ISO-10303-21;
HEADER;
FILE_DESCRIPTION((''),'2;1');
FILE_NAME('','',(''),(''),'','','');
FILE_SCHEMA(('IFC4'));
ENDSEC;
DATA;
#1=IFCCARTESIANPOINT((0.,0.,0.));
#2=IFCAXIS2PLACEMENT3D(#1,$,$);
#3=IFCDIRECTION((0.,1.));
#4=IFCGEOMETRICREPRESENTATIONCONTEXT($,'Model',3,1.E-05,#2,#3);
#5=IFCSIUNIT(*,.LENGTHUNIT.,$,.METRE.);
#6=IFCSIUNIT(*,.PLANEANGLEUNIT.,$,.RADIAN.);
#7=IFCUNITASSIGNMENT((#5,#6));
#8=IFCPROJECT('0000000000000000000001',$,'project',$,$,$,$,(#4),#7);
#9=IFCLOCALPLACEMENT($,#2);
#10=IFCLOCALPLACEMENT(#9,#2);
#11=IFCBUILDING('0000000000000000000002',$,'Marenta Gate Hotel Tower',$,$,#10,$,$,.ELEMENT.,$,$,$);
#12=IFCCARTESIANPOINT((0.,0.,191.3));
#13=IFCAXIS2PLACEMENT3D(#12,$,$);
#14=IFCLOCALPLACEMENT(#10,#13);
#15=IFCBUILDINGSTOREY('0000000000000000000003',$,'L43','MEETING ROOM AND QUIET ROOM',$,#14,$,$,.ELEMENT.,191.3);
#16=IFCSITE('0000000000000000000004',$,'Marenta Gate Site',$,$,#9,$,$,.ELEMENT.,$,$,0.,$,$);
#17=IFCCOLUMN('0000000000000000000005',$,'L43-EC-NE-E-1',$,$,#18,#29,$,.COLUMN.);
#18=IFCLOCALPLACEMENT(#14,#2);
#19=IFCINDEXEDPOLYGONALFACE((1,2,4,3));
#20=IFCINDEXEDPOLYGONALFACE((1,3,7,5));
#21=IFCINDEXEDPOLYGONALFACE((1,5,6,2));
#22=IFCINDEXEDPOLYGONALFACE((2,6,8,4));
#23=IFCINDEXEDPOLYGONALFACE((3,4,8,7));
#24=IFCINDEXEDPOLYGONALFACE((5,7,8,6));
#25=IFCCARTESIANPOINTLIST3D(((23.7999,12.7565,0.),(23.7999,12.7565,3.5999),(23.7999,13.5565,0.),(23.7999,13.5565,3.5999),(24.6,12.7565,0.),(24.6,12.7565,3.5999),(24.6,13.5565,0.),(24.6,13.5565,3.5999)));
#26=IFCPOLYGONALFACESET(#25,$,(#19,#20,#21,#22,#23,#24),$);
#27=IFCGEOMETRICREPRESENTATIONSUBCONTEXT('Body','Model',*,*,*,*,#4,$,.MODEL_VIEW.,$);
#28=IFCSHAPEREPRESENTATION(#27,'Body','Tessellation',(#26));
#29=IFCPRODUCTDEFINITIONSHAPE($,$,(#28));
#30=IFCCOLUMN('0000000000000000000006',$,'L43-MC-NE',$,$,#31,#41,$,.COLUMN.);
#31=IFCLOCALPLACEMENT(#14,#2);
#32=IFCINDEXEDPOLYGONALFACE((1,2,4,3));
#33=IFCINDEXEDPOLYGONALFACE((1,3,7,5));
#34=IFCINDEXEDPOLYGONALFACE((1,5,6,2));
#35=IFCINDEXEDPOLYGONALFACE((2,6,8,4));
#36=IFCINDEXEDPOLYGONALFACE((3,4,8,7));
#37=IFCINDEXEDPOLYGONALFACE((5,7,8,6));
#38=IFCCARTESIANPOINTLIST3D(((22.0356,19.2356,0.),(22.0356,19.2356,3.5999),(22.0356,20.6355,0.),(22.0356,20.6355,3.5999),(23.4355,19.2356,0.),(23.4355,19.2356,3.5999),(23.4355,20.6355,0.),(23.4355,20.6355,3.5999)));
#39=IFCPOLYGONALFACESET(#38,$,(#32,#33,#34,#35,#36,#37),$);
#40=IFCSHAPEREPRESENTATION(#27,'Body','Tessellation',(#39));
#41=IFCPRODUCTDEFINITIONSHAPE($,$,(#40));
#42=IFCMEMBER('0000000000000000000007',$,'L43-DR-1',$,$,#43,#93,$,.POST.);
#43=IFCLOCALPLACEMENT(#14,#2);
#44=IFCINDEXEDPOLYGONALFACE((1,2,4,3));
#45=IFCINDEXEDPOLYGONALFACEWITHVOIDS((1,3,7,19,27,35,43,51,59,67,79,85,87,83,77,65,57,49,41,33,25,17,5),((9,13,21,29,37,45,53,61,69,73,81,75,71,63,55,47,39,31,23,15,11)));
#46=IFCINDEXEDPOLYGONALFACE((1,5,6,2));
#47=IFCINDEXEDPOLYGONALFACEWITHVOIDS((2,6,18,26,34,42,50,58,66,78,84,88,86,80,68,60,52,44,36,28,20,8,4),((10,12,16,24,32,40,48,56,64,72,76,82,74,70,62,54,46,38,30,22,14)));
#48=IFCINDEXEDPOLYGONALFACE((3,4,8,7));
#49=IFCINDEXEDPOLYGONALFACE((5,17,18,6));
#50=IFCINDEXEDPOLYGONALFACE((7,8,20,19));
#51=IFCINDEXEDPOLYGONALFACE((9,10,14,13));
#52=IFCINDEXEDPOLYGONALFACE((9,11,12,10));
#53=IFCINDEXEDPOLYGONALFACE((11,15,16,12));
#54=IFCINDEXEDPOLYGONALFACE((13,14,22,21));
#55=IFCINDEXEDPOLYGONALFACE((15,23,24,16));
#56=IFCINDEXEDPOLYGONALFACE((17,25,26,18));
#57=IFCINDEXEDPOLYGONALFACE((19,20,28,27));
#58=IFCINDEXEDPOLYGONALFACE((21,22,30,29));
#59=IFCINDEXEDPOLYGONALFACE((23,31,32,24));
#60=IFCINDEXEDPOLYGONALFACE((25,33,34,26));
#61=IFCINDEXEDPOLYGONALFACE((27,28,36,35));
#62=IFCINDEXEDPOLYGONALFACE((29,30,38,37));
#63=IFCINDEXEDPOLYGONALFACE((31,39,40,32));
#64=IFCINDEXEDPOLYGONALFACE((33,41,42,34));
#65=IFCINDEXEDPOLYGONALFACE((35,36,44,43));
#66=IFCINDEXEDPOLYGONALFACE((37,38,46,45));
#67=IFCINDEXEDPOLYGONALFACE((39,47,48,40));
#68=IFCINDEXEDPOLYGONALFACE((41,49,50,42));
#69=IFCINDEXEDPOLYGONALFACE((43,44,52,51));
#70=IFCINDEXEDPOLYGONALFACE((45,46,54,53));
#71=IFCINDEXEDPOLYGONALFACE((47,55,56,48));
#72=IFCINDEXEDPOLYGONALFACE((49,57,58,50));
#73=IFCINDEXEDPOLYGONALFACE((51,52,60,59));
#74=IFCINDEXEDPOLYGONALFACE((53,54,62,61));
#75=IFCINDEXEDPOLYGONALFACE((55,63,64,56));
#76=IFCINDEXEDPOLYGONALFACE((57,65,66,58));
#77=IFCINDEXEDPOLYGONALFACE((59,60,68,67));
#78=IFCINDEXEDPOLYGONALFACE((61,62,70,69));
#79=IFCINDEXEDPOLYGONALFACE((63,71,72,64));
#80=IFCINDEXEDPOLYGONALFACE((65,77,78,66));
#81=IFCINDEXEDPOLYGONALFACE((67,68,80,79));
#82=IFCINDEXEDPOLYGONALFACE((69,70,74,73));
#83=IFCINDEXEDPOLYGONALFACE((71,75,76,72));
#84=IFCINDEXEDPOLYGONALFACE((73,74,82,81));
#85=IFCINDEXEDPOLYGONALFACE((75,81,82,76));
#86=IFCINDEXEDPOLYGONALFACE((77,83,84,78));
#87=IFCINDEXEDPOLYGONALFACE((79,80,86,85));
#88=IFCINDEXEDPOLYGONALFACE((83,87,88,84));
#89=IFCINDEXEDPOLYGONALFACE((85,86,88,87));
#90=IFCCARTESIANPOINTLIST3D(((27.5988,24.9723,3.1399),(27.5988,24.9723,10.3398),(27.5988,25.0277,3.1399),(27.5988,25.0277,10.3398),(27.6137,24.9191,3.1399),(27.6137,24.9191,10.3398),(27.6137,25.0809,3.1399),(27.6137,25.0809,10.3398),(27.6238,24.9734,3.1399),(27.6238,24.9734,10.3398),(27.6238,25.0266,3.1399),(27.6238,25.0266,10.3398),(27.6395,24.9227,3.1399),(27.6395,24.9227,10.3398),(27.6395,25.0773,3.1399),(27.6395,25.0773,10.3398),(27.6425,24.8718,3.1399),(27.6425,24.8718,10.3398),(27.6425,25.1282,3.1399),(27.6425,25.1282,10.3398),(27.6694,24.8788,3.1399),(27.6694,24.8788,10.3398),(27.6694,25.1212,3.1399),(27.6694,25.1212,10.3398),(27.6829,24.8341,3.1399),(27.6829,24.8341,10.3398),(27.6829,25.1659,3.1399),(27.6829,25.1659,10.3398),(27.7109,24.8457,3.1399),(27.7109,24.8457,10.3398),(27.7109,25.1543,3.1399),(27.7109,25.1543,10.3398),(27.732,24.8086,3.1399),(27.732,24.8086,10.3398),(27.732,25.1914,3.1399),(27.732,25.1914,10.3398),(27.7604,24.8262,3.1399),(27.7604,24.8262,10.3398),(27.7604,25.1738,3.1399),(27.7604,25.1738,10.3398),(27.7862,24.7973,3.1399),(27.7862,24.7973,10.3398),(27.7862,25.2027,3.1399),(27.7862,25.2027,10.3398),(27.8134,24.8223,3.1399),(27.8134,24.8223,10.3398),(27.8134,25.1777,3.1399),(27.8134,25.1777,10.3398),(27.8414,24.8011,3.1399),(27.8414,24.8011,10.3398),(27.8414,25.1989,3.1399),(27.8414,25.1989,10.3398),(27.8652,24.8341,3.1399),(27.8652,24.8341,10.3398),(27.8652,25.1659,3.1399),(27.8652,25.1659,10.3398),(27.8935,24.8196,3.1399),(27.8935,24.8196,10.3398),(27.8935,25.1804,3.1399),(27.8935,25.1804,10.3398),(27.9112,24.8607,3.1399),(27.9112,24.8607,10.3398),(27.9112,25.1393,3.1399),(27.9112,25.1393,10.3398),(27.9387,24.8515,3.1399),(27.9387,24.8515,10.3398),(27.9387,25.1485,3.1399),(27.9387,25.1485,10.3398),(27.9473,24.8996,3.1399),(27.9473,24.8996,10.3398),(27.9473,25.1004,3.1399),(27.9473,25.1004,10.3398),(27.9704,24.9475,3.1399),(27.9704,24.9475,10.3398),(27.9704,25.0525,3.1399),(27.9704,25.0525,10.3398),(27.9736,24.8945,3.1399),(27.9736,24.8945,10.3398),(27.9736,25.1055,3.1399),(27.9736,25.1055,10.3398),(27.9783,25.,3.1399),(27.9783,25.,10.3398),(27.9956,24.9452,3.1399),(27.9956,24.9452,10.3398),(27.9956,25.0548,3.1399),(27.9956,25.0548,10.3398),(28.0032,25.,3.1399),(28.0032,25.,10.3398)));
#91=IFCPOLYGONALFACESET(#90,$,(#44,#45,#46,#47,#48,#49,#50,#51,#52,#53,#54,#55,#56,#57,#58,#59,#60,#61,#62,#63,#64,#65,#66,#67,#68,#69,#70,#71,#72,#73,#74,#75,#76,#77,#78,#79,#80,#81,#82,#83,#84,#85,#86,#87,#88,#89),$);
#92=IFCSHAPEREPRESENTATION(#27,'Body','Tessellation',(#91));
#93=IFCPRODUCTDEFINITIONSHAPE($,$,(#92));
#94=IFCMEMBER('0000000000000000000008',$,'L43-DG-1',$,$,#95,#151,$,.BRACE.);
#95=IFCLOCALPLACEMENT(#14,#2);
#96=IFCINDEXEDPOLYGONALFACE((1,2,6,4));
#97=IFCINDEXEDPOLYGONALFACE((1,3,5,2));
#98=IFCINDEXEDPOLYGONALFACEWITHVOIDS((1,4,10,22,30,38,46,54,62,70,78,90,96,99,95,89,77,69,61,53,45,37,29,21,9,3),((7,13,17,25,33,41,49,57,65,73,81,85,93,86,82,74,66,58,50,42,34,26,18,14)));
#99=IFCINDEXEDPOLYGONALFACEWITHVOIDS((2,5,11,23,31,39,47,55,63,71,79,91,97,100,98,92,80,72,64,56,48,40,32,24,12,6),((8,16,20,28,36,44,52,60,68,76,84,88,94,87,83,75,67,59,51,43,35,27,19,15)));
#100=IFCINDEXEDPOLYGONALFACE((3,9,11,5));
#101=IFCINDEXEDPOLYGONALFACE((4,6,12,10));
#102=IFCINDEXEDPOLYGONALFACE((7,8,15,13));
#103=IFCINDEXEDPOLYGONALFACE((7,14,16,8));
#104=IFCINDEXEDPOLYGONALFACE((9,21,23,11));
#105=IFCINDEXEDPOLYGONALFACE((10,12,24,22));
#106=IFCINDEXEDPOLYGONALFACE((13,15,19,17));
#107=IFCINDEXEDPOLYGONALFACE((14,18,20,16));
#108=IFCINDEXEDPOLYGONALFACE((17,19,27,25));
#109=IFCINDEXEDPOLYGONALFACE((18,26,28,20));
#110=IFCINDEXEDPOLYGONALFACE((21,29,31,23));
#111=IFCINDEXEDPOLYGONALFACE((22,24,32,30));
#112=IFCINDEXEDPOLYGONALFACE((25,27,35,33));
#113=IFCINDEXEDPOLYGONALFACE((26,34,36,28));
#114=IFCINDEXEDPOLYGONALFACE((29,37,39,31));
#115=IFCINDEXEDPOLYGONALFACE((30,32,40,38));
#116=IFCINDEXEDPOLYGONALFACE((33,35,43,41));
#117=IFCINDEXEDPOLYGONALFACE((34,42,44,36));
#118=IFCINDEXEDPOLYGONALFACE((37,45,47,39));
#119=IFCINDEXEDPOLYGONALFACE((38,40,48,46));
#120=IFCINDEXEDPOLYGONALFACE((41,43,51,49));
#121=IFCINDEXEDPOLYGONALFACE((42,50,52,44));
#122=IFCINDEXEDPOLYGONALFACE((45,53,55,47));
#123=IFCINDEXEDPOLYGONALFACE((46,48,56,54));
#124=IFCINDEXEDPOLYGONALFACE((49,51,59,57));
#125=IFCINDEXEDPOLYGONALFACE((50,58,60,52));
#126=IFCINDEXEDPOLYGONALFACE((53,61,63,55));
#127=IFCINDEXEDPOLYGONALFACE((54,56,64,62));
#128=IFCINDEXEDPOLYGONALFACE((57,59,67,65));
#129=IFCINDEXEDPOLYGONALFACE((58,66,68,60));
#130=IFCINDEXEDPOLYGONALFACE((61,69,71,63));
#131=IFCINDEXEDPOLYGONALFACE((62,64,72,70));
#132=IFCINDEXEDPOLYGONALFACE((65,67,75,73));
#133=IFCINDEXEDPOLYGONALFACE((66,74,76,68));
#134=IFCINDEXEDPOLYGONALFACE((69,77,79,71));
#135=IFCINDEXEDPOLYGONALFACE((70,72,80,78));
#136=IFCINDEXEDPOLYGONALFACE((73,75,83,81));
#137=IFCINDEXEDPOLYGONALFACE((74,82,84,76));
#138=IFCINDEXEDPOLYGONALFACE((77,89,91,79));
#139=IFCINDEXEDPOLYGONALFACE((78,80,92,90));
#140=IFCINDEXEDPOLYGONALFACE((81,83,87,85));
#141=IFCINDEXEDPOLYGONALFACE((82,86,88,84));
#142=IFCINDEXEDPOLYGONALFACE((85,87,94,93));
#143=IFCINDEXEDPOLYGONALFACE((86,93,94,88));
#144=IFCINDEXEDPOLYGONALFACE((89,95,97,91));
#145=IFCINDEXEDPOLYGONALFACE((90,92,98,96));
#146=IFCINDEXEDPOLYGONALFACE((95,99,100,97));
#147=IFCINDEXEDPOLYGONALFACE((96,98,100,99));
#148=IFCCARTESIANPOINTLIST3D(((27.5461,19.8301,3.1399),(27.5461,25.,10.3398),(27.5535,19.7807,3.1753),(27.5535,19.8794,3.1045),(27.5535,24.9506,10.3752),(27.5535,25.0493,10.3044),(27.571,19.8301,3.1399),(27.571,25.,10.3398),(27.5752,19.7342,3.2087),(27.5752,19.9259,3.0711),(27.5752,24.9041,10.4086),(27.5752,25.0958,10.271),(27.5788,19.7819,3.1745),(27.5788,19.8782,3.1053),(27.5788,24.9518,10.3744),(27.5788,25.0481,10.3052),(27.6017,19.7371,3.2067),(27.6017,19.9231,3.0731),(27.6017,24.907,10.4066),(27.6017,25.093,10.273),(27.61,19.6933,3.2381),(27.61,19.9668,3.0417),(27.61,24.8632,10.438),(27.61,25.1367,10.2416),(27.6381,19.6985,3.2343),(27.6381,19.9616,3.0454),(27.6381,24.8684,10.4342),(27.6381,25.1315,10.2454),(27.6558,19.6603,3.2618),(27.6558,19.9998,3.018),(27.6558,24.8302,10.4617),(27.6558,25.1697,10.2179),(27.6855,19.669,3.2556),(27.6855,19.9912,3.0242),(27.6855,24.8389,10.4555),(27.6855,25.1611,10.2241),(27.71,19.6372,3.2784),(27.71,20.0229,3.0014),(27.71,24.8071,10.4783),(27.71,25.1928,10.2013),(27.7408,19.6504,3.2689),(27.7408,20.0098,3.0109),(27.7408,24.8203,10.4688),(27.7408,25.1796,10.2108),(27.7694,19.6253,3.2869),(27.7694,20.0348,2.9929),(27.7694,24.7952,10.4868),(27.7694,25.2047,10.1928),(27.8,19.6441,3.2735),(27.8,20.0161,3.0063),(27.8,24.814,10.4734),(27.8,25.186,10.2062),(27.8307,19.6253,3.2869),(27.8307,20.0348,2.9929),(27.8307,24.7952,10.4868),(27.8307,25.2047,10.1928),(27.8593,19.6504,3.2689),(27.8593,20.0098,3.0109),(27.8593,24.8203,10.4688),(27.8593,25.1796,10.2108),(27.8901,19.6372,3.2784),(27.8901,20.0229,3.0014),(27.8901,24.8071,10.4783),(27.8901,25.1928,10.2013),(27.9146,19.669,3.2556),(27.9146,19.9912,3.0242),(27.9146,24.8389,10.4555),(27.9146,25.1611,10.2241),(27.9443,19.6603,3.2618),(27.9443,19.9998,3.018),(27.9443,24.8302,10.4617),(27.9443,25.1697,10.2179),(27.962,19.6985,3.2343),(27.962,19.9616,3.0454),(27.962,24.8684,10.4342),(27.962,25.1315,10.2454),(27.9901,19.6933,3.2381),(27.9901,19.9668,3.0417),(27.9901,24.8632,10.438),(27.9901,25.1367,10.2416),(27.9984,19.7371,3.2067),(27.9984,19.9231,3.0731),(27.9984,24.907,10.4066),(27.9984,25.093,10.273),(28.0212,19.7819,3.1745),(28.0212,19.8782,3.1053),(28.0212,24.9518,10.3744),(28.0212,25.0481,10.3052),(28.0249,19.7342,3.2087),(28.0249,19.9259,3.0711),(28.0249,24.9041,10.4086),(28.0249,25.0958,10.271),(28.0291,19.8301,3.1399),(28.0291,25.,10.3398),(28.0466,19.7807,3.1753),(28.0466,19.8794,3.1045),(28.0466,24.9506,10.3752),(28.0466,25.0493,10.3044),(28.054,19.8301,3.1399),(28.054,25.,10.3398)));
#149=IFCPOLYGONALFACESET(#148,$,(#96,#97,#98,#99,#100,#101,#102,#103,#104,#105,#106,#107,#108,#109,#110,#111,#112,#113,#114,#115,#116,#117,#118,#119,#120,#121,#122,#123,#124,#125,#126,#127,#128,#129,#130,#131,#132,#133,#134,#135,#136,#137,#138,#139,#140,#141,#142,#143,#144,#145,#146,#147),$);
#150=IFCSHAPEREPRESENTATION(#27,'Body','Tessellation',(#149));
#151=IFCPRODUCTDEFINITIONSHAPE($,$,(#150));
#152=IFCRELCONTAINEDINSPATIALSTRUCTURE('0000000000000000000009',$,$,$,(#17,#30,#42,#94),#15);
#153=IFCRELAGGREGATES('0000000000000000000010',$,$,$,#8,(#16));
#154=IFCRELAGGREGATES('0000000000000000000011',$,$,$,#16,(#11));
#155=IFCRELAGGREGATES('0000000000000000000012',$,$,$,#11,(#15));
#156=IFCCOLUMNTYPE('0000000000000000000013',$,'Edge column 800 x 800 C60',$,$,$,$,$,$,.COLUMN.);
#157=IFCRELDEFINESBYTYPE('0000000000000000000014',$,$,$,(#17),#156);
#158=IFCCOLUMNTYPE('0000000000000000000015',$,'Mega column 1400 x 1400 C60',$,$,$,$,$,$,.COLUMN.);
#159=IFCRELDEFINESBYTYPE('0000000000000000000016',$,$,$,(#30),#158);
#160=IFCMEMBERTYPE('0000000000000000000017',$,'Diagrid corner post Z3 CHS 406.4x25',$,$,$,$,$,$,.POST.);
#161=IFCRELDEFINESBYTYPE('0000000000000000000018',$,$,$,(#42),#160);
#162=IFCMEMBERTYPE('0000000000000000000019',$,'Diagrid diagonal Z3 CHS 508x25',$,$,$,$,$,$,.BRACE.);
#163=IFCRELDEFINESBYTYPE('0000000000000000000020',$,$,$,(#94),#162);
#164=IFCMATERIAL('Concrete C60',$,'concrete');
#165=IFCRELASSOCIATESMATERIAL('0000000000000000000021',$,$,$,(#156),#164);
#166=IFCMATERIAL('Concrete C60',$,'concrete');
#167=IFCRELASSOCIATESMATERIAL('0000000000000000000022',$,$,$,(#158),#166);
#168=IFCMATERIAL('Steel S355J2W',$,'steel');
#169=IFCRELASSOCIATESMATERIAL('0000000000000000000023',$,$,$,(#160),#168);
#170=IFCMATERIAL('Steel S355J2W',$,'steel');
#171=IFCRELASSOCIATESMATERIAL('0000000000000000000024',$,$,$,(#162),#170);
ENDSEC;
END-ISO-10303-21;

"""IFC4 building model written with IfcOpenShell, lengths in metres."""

from ifc_helpers import new_model, si_unit, direction, frame, origin, origin_2d, place, context, subcontext, project, spatial, rectangle, hollow_circle, extrude, material, material_profile, profile_set, type_object, element, save


model = new_model("IFC4")

# Units and contexts
model_context = context("Model", 3, precision=1e-05, world=origin(), true_north=direction((0.0, 1.0)))
body_context = subcontext(model_context, "Body", "Model", "MODEL_VIEW")
ifc_project = project(units=[si_unit("LENGTHUNIT", "METRE"), si_unit("PLANEANGLEUNIT", "RADIAN")], contexts=[model_context])

# Site, building, storey
site_placement = place(None, origin())
site = spatial("IfcSite", under=ifc_project, at=site_placement, Name="Marenta Gate Site", CompositionType="ELEMENT", RefElevation=0.0)
building_placement = place(site_placement, origin())
building = spatial("IfcBuilding", under=site, at=building_placement, Name="Marenta Gate Hotel Tower", CompositionType="ELEMENT")
storey_placement = place(building_placement, frame((0.0, 0.0, 191.3)))
storey = spatial("IfcBuildingStorey", under=building, at=storey_placement, Name="L43", Description="MEETING ROOM AND QUIET ROOM", CompositionType="ELEMENT", Elevation=191.3)

# Columns
ifc_material_1 = material(Name="Concrete C60", Category="concrete")
ifc_material_profile_1 = material_profile(ifc_material_1, rectangle(XDim=0.8, YDim=0.8, at=origin_2d()), Name="800 x 800")
ifc_profile_set_1 = profile_set([ifc_material_profile_1], Name="Concrete C60")
column_type_1 = type_object("IfcColumnType", Name="Edge column 800 x 800 C60", PredefinedType="COLUMN", material=ifc_profile_set_1)
column_1_placement = place(storey_placement, frame((24.2, 13.1565, 0.0), z_axis=(0.0, 0.0, 1.0), x_axis=(1.0, 0.0, 0.0)))
element("IfcColumn", 1, at=column_1_placement, inside=storey, type_object=column_type_1, Name="L43-EC-NE-E-1", PredefinedType="COLUMN", context=body_context, shape_type="SweptSolid", body=[
    extrude(rectangle(XDim=0.8, YDim=0.8, at=origin_2d()), origin(), (0.0, 0.0, 1.0), 3.5999),
])
ifc_material_2 = material(Name="Concrete C60", Category="concrete")
ifc_material_profile_2 = material_profile(ifc_material_2, rectangle(XDim=1.3999, YDim=1.3999, at=origin_2d()), Name="1400 x 1400")
ifc_profile_set_2 = profile_set([ifc_material_profile_2], Name="Concrete C60")
column_type_2 = type_object("IfcColumnType", Name="Mega column 1400 x 1400 C60", PredefinedType="COLUMN", material=ifc_profile_set_2)
column_2_placement = place(storey_placement, frame((22.7356, 19.9355, 0.0), z_axis=(0.0, 0.0, 1.0), x_axis=(1.0, 0.0, 0.0)))
element("IfcColumn", 2, at=column_2_placement, inside=storey, type_object=column_type_2, Name="L43-MC-NE", PredefinedType="COLUMN", context=body_context, shape_type="SweptSolid", body=[
    extrude(rectangle(XDim=1.3999, YDim=1.3999, at=origin_2d()), origin(), (0.0, 0.0, 1.0), 3.5999),
])

# Members
ifc_material_3 = material(Name="Steel S355J2W", Category="steel")
ifc_material_profile_3 = material_profile(ifc_material_3, hollow_circle(Radius=0.2031, WallThickness=0.0249, at=origin_2d()), Name="CHS 406.4x25")
ifc_profile_set_3 = profile_set([ifc_material_profile_3], Name="Steel S355J2W")
member_type_1 = type_object("IfcMemberType", Name="Diagrid corner post Z3 CHS 406.4x25", PredefinedType="POST", material=ifc_profile_set_3)
member_1_placement = place(storey_placement, frame((27.8, 25.0, 3.1399), z_axis=(0.0, 0.0, 1.0), x_axis=(1.0, 0.0, 0.0)))
element("IfcMember", 3, at=member_1_placement, inside=storey, type_object=member_type_1, Name="L43-DR-1", PredefinedType="POST", context=body_context, shape_type="SweptSolid", body=[
    extrude(hollow_circle(Radius=0.2031, WallThickness=0.0249, at=origin_2d()), origin(), (0.0, 0.0, 1.0), 7.2),
])
ifc_material_4 = material(Name="Steel S355J2W", Category="steel")
ifc_material_profile_4 = material_profile(ifc_material_4, hollow_circle(Radius=0.2539, WallThickness=0.0249, at=origin_2d()), Name="CHS 508x25")
ifc_profile_set_4 = profile_set([ifc_material_profile_4], Name="Steel S355J2W")
member_type_2 = type_object("IfcMemberType", Name="Diagrid diagonal Z3 CHS 508x25", PredefinedType="BRACE", material=ifc_profile_set_4)
member_2_placement = place(storey_placement, frame((27.8, 19.8301, 3.1399), z_axis=(0.0, 0.583261, 0.812285), x_axis=(-1.0, 0.0, 0.0)))
element("IfcMember", 4, at=member_2_placement, inside=storey, type_object=member_type_2, Name="L43-DG-1", PredefinedType="BRACE", context=body_context, shape_type="SweptSolid", body=[
    extrude(hollow_circle(Radius=0.2539, WallThickness=0.0249, at=origin_2d()), origin(), (0.0, 0.0, 1.0), 8.8638),
])

save(model, "model.ifc")
